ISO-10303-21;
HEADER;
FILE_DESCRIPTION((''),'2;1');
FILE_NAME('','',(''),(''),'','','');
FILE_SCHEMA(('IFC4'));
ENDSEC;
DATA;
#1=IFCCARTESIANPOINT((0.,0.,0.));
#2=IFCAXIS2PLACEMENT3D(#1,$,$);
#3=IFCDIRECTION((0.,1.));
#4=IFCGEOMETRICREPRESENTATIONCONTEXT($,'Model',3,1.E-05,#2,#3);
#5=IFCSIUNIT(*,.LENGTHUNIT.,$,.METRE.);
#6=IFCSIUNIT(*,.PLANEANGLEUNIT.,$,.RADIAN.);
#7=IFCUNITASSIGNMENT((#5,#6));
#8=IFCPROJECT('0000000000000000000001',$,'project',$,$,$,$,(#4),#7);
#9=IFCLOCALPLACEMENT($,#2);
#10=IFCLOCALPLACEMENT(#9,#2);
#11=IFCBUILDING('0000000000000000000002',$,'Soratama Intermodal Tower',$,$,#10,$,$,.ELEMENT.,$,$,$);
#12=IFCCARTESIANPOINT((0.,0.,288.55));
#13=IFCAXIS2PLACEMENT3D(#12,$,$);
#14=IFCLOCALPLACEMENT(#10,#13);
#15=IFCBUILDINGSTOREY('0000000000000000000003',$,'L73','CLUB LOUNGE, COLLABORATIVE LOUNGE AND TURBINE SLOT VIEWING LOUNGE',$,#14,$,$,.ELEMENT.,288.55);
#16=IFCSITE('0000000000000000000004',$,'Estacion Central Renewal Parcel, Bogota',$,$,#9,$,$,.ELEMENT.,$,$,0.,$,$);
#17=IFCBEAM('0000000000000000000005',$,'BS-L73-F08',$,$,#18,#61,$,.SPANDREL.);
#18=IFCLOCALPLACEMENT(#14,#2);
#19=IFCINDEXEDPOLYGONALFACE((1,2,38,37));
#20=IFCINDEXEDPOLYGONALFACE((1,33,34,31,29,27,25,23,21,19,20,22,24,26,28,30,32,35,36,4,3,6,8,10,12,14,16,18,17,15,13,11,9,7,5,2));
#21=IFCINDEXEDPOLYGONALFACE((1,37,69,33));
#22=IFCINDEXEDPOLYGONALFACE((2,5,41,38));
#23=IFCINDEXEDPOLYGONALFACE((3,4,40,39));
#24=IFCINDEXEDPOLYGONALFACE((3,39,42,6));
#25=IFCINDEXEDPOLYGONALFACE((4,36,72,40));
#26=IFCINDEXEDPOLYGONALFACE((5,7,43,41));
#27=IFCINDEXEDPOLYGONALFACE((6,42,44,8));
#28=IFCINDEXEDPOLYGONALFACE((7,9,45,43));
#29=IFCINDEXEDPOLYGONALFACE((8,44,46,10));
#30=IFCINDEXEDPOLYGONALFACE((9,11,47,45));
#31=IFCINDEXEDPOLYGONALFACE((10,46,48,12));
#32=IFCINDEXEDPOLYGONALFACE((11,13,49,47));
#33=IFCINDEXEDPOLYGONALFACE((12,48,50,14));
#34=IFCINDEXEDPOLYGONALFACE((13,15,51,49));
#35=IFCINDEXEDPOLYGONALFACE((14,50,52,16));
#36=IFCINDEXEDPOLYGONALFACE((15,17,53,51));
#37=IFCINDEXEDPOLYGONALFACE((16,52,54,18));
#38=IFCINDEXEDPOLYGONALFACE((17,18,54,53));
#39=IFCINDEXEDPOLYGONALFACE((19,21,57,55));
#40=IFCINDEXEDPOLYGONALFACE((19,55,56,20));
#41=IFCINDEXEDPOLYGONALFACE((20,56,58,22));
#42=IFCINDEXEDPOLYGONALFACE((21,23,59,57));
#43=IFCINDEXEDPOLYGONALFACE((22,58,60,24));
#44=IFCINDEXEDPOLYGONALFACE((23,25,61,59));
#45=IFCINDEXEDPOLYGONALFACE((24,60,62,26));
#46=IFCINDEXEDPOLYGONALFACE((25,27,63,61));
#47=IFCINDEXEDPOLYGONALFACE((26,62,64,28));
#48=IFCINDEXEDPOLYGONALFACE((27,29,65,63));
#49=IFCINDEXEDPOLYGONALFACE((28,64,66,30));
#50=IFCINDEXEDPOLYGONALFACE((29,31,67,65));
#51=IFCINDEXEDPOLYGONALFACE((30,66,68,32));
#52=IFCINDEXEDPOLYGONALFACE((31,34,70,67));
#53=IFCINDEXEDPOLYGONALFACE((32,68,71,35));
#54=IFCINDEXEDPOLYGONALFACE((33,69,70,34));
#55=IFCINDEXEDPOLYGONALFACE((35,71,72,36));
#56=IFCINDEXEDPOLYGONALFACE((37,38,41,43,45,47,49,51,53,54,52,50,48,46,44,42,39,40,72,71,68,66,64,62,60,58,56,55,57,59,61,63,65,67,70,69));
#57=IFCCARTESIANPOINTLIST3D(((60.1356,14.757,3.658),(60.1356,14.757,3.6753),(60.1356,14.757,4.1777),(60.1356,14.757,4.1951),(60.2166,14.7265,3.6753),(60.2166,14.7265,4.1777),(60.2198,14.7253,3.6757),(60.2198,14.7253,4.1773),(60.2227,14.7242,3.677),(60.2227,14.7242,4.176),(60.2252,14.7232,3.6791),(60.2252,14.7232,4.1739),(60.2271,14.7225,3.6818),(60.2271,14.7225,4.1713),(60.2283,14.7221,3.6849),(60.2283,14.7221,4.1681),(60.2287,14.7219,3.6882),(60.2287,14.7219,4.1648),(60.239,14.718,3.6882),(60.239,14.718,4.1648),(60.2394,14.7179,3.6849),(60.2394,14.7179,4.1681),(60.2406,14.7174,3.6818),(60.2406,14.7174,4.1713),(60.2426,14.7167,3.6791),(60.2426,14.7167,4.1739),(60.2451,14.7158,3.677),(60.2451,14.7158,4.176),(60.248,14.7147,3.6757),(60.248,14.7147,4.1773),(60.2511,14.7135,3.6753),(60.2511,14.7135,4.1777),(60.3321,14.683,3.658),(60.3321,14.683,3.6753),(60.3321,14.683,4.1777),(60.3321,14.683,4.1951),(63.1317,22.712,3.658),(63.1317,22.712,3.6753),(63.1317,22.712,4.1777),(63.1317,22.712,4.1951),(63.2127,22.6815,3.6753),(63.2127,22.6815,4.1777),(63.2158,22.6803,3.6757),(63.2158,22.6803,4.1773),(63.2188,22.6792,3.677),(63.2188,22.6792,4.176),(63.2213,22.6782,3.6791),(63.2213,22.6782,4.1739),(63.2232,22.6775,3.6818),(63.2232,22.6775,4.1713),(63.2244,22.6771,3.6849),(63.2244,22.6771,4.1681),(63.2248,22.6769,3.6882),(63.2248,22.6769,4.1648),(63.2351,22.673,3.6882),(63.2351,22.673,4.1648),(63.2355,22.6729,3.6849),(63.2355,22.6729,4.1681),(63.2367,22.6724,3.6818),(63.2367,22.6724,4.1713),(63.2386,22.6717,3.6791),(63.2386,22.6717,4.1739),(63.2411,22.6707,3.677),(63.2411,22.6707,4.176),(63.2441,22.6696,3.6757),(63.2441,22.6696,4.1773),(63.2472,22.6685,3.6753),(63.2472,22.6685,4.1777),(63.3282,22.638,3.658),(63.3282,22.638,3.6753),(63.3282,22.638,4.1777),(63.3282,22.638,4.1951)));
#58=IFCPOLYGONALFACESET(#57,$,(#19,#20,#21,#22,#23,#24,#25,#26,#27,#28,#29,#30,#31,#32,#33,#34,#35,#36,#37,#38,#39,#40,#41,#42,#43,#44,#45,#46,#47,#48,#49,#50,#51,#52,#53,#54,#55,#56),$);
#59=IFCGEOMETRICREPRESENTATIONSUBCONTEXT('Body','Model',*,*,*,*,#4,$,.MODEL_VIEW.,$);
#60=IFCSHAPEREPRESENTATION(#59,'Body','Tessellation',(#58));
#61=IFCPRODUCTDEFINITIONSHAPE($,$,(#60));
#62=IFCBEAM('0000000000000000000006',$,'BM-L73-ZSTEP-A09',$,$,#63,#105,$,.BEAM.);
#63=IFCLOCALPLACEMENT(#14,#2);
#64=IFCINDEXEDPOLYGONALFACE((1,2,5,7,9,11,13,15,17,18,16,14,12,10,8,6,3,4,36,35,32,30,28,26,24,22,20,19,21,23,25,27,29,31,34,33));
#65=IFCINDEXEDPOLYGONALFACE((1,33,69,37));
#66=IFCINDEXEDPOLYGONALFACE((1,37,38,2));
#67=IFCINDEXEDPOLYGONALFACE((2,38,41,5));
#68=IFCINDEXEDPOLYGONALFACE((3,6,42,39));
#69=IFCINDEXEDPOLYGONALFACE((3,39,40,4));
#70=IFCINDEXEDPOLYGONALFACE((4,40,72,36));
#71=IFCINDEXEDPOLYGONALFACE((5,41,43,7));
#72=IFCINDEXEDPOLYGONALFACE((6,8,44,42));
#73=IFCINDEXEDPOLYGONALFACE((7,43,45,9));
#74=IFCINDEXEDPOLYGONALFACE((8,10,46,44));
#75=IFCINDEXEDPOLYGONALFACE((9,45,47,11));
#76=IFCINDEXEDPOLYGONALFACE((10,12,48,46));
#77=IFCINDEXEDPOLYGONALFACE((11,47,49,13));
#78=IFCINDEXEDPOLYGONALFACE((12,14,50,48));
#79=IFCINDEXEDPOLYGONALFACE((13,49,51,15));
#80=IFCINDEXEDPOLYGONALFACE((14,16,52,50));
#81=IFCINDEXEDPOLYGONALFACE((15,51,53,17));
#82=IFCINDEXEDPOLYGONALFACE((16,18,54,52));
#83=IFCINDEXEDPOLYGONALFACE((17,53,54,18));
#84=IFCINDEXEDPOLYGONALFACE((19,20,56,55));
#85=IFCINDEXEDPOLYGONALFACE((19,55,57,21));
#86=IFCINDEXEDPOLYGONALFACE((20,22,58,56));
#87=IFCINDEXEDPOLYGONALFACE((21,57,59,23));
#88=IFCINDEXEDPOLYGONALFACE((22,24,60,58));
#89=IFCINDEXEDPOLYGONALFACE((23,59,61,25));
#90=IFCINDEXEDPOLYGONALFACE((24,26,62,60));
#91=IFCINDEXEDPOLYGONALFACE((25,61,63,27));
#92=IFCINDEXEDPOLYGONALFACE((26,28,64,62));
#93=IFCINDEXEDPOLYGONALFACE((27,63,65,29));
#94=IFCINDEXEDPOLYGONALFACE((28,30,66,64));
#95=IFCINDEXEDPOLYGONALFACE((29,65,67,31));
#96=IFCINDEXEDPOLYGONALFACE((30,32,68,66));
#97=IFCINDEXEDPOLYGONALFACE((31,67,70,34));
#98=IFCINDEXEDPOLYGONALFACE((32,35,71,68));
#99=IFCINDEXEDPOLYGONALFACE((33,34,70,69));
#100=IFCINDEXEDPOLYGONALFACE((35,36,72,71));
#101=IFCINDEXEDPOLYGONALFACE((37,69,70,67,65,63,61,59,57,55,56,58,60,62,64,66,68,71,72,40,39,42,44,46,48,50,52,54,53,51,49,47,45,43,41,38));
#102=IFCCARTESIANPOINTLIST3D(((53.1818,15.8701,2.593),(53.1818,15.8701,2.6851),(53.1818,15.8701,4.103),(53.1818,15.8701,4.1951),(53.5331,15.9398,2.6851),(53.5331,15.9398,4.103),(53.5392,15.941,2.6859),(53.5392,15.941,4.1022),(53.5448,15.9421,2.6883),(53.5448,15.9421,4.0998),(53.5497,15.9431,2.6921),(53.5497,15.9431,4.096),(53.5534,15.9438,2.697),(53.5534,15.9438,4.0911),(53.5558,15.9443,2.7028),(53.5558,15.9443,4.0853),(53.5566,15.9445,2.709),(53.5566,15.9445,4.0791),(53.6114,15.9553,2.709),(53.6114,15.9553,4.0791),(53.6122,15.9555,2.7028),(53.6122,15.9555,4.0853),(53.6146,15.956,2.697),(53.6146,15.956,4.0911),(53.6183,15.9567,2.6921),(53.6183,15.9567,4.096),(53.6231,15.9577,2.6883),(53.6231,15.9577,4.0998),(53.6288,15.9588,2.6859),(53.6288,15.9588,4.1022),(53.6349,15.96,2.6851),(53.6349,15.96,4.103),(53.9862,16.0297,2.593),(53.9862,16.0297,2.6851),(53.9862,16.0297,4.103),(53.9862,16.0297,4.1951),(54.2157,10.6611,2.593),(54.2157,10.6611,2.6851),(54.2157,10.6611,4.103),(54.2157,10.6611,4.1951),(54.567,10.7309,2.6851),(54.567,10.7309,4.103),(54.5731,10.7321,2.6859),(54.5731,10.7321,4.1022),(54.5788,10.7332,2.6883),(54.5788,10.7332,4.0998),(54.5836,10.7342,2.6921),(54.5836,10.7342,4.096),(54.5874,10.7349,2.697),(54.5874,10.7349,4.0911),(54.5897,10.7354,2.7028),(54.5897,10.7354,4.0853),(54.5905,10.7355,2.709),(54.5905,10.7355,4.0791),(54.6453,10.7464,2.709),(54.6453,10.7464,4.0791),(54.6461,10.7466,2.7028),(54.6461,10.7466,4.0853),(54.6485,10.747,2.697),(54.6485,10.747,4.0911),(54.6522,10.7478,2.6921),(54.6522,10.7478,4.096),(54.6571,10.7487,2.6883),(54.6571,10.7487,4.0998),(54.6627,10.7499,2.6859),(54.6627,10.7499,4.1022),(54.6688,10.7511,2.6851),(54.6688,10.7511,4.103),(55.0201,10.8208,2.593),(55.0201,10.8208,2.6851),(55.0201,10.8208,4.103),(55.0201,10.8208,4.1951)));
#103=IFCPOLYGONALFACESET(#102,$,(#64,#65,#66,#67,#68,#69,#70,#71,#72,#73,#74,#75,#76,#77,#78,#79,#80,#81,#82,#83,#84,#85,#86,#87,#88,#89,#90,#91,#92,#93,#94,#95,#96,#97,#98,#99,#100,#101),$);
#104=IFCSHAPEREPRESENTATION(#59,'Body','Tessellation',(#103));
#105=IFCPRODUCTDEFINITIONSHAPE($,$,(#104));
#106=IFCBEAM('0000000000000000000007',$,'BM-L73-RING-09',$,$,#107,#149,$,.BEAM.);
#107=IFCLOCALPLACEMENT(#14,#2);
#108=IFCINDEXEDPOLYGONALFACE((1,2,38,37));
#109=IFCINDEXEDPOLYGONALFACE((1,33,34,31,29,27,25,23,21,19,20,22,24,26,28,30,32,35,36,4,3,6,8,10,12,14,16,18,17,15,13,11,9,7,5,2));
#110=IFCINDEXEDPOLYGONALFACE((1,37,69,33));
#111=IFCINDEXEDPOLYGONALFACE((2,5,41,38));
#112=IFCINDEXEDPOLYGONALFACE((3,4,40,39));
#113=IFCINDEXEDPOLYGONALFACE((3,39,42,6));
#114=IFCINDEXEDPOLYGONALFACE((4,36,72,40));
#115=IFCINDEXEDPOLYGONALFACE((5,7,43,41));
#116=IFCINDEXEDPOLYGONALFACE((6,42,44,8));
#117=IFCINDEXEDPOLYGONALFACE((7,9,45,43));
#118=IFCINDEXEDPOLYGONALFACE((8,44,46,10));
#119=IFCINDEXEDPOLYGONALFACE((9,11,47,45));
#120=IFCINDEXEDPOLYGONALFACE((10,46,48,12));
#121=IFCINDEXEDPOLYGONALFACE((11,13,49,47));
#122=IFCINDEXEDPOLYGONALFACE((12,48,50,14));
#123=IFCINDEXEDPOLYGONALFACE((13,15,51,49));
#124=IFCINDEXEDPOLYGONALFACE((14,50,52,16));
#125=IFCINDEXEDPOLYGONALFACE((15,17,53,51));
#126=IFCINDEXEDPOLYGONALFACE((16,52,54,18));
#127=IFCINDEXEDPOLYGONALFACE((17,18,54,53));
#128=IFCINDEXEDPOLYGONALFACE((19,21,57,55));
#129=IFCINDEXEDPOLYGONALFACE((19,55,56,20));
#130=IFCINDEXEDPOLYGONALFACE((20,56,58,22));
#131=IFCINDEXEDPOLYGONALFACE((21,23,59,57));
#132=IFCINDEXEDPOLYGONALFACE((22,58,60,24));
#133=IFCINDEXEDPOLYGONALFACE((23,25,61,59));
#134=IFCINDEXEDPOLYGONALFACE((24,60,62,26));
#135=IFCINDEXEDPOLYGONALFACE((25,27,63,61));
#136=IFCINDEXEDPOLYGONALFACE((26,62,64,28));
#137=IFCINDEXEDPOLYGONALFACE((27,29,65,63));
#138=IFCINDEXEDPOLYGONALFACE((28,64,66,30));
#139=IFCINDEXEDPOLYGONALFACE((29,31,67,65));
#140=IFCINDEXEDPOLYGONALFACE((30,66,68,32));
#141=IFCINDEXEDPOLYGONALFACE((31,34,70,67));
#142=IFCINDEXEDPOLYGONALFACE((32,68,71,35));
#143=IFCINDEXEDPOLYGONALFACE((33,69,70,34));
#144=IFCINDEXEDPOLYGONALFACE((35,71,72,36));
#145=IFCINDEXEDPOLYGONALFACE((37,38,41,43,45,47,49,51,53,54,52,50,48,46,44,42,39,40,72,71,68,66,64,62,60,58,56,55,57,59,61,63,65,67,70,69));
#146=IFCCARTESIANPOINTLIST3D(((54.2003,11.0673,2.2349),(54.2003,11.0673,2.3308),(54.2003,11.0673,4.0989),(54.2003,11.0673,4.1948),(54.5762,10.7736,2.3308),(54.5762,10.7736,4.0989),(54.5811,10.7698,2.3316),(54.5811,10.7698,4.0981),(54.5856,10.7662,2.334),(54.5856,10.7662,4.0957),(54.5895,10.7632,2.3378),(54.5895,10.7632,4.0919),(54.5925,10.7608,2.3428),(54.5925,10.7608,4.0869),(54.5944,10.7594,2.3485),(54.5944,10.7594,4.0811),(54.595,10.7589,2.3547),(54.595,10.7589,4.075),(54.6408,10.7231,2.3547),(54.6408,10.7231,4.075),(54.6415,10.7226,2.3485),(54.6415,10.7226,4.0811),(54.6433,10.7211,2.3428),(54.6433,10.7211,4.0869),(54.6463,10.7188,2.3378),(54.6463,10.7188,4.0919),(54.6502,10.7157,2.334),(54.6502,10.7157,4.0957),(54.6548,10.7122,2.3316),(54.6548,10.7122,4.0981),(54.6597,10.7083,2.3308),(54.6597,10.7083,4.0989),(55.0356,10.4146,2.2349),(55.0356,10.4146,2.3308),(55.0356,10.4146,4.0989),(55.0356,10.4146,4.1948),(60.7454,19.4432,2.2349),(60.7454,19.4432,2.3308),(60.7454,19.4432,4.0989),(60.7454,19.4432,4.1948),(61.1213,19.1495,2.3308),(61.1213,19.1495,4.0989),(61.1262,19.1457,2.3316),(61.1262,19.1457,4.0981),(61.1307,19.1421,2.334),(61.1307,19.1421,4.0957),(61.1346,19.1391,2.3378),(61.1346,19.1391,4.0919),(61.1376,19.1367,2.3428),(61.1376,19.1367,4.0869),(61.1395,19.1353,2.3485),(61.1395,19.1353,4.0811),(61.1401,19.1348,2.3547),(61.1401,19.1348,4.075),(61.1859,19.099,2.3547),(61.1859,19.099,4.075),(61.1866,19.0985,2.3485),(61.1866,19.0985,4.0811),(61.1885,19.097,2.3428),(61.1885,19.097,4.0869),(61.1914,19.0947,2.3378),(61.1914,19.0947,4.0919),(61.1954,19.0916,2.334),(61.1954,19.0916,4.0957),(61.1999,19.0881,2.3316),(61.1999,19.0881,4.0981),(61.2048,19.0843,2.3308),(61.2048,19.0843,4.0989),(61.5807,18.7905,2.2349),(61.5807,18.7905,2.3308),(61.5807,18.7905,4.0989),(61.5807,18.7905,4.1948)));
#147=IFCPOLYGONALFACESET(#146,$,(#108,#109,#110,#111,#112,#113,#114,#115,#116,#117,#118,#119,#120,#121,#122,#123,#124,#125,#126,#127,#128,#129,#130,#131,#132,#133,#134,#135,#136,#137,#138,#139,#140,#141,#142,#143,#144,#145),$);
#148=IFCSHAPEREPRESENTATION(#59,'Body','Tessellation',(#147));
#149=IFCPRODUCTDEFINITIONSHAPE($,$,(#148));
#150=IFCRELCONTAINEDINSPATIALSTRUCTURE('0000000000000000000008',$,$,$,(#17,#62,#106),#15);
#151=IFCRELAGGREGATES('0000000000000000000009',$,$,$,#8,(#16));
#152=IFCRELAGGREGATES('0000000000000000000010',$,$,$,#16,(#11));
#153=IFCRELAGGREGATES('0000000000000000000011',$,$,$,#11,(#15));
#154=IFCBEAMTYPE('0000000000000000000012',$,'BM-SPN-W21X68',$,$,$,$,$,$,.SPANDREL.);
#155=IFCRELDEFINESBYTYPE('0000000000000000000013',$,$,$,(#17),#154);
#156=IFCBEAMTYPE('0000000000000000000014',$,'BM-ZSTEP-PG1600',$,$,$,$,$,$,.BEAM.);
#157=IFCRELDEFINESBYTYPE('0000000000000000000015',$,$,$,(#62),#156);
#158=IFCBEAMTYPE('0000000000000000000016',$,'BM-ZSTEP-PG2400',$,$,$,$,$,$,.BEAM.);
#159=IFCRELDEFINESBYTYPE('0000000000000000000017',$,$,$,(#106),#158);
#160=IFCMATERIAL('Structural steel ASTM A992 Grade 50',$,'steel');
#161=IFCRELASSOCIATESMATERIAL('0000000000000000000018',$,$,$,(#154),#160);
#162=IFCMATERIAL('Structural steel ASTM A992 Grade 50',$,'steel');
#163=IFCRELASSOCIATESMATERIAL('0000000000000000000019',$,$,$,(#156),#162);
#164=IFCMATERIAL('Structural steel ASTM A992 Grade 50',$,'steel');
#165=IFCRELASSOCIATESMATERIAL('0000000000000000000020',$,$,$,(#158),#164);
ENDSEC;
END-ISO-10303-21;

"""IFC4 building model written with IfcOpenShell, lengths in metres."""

from ifc_helpers import new_model, si_unit, direction, frame, origin, origin_2d, place, context, subcontext, project, spatial, i_section, extrude, material, material_profile, profile_set, type_object, element, save


model = new_model("IFC4")

# Units and contexts
model_context = context("Model", 3, precision=1e-05, world=origin(), true_north=direction((0.0, 1.0)))
body_context = subcontext(model_context, "Body", "Model", "MODEL_VIEW")
ifc_project = project(units=[si_unit("LENGTHUNIT", "METRE"), si_unit("PLANEANGLEUNIT", "RADIAN")], contexts=[model_context])

# Site, building, storey
site_placement = place(None, origin())
site = spatial("IfcSite", under=ifc_project, at=site_placement, Name="Estacion Central Renewal Parcel, Bogota", CompositionType="ELEMENT", RefElevation=0.0)
building_placement = place(site_placement, origin())
building = spatial("IfcBuilding", under=site, at=building_placement, Name="Soratama Intermodal Tower", CompositionType="ELEMENT")
storey_placement = place(building_placement, frame((0.0, 0.0, 288.55)))
storey = spatial("IfcBuildingStorey", under=building, at=storey_placement, Name="L73", Description="CLUB LOUNGE, COLLABORATIVE LOUNGE AND TURBINE SLOT VIEWING LOUNGE", CompositionType="ELEMENT", Elevation=288.55)

# Beams
ifc_material_1 = material(Name="Structural steel ASTM A992 Grade 50", Category="steel")
ifc_material_profile_1 = material_profile(ifc_material_1, i_section(OverallWidth=0.21, OverallDepth=0.5371, WebThickness=0.011, FlangeThickness=0.0173, FilletRadius=0.0129, at=origin_2d()), Name="W21X68")
ifc_profile_set_1 = profile_set([ifc_material_profile_1], Name="Structural steel ASTM A992 Grade 50")
beam_type_1 = type_object("IfcBeamType", Name="BM-SPN-W21X68", PredefinedType="SPANDREL", material=ifc_profile_set_1)
beam_1_placement = place(storey_placement, frame((60.2339, 14.72, 3.9265), z_axis=(0.352458, 0.935828, 0.0), x_axis=(-0.935828, 0.352458, 0.0)))
element("IfcBeam", 1, at=beam_1_placement, inside=storey, type_object=beam_type_1, Name="BS-L73-F08", PredefinedType="SPANDREL", context=body_context, shape_type="SweptSolid", body=[
    extrude(i_section(OverallWidth=0.21, OverallDepth=0.5371, WebThickness=0.011, FlangeThickness=0.0173, FilletRadius=0.0129, at=origin_2d()), origin(), (0.0, 0.0, 1.0), 8.5005),
])
ifc_material_2 = material(Name="Structural steel ASTM A992 Grade 50", Category="steel")
ifc_material_profile_2 = material_profile(ifc_material_2, i_section(OverallWidth=0.8201, OverallDepth=1.6021, WebThickness=0.0559, FlangeThickness=0.092, FilletRadius=0.0239, at=origin_2d()), Name="PG1600X650")
ifc_profile_set_2 = profile_set([ifc_material_profile_2], Name="Structural steel ASTM A992 Grade 50")
beam_type_2 = type_object("IfcBeamType", Name="BM-ZSTEP-PG1600", PredefinedType="BEAM", material=ifc_profile_set_2)
beam_2_placement = place(storey_placement, frame((54.6179, 10.741, 3.394), z_axis=(-0.194693, 0.980864, 0.0), x_axis=(-0.980864, -0.194693, 0.0)))
element("IfcBeam", 2, at=beam_2_placement, inside=storey, type_object=beam_type_2, Name="BM-L73-ZSTEP-A09", PredefinedType="BEAM", context=body_context, shape_type="SweptSolid", body=[
    extrude(i_section(OverallWidth=0.8201, OverallDepth=1.6021, WebThickness=0.0559, FlangeThickness=0.092, FilletRadius=0.0239, at=origin_2d()), origin(), (0.0, 0.0, 1.0), 5.3105),
])
ifc_material_3 = material(Name="Structural steel ASTM A992 Grade 50", Category="steel")
ifc_material_profile_3 = material_profile(ifc_material_3, i_section(OverallWidth=1.0601, OverallDepth=1.96, WebThickness=0.0581, FlangeThickness=0.0959, FilletRadius=0.0239, at=origin_2d()), Name="PG2400X900")
ifc_profile_set_3 = profile_set([ifc_material_profile_3], Name="Structural steel ASTM A992 Grade 50")
beam_type_3 = type_object("IfcBeamType", Name="BM-ZSTEP-PG2400", PredefinedType="BEAM", material=ifc_profile_set_3)
beam_3_placement = place(storey_placement, frame((54.6179, 10.741, 3.2148), z_axis=(0.615728, 0.787959, 0.0), x_axis=(-0.787959, 0.615728, 0.0)))
element("IfcBeam", 3, at=beam_3_placement, inside=storey, type_object=beam_type_3, Name="BM-L73-RING-09", PredefinedType="BEAM", context=body_context, shape_type="SweptSolid", body=[
    extrude(i_section(OverallWidth=1.0601, OverallDepth=1.96, WebThickness=0.0581, FlangeThickness=0.0959, FilletRadius=0.0239, at=origin_2d()), origin(), (0.0, 0.0, 1.0), 10.6299),
])

save(model, "model.ifc")
